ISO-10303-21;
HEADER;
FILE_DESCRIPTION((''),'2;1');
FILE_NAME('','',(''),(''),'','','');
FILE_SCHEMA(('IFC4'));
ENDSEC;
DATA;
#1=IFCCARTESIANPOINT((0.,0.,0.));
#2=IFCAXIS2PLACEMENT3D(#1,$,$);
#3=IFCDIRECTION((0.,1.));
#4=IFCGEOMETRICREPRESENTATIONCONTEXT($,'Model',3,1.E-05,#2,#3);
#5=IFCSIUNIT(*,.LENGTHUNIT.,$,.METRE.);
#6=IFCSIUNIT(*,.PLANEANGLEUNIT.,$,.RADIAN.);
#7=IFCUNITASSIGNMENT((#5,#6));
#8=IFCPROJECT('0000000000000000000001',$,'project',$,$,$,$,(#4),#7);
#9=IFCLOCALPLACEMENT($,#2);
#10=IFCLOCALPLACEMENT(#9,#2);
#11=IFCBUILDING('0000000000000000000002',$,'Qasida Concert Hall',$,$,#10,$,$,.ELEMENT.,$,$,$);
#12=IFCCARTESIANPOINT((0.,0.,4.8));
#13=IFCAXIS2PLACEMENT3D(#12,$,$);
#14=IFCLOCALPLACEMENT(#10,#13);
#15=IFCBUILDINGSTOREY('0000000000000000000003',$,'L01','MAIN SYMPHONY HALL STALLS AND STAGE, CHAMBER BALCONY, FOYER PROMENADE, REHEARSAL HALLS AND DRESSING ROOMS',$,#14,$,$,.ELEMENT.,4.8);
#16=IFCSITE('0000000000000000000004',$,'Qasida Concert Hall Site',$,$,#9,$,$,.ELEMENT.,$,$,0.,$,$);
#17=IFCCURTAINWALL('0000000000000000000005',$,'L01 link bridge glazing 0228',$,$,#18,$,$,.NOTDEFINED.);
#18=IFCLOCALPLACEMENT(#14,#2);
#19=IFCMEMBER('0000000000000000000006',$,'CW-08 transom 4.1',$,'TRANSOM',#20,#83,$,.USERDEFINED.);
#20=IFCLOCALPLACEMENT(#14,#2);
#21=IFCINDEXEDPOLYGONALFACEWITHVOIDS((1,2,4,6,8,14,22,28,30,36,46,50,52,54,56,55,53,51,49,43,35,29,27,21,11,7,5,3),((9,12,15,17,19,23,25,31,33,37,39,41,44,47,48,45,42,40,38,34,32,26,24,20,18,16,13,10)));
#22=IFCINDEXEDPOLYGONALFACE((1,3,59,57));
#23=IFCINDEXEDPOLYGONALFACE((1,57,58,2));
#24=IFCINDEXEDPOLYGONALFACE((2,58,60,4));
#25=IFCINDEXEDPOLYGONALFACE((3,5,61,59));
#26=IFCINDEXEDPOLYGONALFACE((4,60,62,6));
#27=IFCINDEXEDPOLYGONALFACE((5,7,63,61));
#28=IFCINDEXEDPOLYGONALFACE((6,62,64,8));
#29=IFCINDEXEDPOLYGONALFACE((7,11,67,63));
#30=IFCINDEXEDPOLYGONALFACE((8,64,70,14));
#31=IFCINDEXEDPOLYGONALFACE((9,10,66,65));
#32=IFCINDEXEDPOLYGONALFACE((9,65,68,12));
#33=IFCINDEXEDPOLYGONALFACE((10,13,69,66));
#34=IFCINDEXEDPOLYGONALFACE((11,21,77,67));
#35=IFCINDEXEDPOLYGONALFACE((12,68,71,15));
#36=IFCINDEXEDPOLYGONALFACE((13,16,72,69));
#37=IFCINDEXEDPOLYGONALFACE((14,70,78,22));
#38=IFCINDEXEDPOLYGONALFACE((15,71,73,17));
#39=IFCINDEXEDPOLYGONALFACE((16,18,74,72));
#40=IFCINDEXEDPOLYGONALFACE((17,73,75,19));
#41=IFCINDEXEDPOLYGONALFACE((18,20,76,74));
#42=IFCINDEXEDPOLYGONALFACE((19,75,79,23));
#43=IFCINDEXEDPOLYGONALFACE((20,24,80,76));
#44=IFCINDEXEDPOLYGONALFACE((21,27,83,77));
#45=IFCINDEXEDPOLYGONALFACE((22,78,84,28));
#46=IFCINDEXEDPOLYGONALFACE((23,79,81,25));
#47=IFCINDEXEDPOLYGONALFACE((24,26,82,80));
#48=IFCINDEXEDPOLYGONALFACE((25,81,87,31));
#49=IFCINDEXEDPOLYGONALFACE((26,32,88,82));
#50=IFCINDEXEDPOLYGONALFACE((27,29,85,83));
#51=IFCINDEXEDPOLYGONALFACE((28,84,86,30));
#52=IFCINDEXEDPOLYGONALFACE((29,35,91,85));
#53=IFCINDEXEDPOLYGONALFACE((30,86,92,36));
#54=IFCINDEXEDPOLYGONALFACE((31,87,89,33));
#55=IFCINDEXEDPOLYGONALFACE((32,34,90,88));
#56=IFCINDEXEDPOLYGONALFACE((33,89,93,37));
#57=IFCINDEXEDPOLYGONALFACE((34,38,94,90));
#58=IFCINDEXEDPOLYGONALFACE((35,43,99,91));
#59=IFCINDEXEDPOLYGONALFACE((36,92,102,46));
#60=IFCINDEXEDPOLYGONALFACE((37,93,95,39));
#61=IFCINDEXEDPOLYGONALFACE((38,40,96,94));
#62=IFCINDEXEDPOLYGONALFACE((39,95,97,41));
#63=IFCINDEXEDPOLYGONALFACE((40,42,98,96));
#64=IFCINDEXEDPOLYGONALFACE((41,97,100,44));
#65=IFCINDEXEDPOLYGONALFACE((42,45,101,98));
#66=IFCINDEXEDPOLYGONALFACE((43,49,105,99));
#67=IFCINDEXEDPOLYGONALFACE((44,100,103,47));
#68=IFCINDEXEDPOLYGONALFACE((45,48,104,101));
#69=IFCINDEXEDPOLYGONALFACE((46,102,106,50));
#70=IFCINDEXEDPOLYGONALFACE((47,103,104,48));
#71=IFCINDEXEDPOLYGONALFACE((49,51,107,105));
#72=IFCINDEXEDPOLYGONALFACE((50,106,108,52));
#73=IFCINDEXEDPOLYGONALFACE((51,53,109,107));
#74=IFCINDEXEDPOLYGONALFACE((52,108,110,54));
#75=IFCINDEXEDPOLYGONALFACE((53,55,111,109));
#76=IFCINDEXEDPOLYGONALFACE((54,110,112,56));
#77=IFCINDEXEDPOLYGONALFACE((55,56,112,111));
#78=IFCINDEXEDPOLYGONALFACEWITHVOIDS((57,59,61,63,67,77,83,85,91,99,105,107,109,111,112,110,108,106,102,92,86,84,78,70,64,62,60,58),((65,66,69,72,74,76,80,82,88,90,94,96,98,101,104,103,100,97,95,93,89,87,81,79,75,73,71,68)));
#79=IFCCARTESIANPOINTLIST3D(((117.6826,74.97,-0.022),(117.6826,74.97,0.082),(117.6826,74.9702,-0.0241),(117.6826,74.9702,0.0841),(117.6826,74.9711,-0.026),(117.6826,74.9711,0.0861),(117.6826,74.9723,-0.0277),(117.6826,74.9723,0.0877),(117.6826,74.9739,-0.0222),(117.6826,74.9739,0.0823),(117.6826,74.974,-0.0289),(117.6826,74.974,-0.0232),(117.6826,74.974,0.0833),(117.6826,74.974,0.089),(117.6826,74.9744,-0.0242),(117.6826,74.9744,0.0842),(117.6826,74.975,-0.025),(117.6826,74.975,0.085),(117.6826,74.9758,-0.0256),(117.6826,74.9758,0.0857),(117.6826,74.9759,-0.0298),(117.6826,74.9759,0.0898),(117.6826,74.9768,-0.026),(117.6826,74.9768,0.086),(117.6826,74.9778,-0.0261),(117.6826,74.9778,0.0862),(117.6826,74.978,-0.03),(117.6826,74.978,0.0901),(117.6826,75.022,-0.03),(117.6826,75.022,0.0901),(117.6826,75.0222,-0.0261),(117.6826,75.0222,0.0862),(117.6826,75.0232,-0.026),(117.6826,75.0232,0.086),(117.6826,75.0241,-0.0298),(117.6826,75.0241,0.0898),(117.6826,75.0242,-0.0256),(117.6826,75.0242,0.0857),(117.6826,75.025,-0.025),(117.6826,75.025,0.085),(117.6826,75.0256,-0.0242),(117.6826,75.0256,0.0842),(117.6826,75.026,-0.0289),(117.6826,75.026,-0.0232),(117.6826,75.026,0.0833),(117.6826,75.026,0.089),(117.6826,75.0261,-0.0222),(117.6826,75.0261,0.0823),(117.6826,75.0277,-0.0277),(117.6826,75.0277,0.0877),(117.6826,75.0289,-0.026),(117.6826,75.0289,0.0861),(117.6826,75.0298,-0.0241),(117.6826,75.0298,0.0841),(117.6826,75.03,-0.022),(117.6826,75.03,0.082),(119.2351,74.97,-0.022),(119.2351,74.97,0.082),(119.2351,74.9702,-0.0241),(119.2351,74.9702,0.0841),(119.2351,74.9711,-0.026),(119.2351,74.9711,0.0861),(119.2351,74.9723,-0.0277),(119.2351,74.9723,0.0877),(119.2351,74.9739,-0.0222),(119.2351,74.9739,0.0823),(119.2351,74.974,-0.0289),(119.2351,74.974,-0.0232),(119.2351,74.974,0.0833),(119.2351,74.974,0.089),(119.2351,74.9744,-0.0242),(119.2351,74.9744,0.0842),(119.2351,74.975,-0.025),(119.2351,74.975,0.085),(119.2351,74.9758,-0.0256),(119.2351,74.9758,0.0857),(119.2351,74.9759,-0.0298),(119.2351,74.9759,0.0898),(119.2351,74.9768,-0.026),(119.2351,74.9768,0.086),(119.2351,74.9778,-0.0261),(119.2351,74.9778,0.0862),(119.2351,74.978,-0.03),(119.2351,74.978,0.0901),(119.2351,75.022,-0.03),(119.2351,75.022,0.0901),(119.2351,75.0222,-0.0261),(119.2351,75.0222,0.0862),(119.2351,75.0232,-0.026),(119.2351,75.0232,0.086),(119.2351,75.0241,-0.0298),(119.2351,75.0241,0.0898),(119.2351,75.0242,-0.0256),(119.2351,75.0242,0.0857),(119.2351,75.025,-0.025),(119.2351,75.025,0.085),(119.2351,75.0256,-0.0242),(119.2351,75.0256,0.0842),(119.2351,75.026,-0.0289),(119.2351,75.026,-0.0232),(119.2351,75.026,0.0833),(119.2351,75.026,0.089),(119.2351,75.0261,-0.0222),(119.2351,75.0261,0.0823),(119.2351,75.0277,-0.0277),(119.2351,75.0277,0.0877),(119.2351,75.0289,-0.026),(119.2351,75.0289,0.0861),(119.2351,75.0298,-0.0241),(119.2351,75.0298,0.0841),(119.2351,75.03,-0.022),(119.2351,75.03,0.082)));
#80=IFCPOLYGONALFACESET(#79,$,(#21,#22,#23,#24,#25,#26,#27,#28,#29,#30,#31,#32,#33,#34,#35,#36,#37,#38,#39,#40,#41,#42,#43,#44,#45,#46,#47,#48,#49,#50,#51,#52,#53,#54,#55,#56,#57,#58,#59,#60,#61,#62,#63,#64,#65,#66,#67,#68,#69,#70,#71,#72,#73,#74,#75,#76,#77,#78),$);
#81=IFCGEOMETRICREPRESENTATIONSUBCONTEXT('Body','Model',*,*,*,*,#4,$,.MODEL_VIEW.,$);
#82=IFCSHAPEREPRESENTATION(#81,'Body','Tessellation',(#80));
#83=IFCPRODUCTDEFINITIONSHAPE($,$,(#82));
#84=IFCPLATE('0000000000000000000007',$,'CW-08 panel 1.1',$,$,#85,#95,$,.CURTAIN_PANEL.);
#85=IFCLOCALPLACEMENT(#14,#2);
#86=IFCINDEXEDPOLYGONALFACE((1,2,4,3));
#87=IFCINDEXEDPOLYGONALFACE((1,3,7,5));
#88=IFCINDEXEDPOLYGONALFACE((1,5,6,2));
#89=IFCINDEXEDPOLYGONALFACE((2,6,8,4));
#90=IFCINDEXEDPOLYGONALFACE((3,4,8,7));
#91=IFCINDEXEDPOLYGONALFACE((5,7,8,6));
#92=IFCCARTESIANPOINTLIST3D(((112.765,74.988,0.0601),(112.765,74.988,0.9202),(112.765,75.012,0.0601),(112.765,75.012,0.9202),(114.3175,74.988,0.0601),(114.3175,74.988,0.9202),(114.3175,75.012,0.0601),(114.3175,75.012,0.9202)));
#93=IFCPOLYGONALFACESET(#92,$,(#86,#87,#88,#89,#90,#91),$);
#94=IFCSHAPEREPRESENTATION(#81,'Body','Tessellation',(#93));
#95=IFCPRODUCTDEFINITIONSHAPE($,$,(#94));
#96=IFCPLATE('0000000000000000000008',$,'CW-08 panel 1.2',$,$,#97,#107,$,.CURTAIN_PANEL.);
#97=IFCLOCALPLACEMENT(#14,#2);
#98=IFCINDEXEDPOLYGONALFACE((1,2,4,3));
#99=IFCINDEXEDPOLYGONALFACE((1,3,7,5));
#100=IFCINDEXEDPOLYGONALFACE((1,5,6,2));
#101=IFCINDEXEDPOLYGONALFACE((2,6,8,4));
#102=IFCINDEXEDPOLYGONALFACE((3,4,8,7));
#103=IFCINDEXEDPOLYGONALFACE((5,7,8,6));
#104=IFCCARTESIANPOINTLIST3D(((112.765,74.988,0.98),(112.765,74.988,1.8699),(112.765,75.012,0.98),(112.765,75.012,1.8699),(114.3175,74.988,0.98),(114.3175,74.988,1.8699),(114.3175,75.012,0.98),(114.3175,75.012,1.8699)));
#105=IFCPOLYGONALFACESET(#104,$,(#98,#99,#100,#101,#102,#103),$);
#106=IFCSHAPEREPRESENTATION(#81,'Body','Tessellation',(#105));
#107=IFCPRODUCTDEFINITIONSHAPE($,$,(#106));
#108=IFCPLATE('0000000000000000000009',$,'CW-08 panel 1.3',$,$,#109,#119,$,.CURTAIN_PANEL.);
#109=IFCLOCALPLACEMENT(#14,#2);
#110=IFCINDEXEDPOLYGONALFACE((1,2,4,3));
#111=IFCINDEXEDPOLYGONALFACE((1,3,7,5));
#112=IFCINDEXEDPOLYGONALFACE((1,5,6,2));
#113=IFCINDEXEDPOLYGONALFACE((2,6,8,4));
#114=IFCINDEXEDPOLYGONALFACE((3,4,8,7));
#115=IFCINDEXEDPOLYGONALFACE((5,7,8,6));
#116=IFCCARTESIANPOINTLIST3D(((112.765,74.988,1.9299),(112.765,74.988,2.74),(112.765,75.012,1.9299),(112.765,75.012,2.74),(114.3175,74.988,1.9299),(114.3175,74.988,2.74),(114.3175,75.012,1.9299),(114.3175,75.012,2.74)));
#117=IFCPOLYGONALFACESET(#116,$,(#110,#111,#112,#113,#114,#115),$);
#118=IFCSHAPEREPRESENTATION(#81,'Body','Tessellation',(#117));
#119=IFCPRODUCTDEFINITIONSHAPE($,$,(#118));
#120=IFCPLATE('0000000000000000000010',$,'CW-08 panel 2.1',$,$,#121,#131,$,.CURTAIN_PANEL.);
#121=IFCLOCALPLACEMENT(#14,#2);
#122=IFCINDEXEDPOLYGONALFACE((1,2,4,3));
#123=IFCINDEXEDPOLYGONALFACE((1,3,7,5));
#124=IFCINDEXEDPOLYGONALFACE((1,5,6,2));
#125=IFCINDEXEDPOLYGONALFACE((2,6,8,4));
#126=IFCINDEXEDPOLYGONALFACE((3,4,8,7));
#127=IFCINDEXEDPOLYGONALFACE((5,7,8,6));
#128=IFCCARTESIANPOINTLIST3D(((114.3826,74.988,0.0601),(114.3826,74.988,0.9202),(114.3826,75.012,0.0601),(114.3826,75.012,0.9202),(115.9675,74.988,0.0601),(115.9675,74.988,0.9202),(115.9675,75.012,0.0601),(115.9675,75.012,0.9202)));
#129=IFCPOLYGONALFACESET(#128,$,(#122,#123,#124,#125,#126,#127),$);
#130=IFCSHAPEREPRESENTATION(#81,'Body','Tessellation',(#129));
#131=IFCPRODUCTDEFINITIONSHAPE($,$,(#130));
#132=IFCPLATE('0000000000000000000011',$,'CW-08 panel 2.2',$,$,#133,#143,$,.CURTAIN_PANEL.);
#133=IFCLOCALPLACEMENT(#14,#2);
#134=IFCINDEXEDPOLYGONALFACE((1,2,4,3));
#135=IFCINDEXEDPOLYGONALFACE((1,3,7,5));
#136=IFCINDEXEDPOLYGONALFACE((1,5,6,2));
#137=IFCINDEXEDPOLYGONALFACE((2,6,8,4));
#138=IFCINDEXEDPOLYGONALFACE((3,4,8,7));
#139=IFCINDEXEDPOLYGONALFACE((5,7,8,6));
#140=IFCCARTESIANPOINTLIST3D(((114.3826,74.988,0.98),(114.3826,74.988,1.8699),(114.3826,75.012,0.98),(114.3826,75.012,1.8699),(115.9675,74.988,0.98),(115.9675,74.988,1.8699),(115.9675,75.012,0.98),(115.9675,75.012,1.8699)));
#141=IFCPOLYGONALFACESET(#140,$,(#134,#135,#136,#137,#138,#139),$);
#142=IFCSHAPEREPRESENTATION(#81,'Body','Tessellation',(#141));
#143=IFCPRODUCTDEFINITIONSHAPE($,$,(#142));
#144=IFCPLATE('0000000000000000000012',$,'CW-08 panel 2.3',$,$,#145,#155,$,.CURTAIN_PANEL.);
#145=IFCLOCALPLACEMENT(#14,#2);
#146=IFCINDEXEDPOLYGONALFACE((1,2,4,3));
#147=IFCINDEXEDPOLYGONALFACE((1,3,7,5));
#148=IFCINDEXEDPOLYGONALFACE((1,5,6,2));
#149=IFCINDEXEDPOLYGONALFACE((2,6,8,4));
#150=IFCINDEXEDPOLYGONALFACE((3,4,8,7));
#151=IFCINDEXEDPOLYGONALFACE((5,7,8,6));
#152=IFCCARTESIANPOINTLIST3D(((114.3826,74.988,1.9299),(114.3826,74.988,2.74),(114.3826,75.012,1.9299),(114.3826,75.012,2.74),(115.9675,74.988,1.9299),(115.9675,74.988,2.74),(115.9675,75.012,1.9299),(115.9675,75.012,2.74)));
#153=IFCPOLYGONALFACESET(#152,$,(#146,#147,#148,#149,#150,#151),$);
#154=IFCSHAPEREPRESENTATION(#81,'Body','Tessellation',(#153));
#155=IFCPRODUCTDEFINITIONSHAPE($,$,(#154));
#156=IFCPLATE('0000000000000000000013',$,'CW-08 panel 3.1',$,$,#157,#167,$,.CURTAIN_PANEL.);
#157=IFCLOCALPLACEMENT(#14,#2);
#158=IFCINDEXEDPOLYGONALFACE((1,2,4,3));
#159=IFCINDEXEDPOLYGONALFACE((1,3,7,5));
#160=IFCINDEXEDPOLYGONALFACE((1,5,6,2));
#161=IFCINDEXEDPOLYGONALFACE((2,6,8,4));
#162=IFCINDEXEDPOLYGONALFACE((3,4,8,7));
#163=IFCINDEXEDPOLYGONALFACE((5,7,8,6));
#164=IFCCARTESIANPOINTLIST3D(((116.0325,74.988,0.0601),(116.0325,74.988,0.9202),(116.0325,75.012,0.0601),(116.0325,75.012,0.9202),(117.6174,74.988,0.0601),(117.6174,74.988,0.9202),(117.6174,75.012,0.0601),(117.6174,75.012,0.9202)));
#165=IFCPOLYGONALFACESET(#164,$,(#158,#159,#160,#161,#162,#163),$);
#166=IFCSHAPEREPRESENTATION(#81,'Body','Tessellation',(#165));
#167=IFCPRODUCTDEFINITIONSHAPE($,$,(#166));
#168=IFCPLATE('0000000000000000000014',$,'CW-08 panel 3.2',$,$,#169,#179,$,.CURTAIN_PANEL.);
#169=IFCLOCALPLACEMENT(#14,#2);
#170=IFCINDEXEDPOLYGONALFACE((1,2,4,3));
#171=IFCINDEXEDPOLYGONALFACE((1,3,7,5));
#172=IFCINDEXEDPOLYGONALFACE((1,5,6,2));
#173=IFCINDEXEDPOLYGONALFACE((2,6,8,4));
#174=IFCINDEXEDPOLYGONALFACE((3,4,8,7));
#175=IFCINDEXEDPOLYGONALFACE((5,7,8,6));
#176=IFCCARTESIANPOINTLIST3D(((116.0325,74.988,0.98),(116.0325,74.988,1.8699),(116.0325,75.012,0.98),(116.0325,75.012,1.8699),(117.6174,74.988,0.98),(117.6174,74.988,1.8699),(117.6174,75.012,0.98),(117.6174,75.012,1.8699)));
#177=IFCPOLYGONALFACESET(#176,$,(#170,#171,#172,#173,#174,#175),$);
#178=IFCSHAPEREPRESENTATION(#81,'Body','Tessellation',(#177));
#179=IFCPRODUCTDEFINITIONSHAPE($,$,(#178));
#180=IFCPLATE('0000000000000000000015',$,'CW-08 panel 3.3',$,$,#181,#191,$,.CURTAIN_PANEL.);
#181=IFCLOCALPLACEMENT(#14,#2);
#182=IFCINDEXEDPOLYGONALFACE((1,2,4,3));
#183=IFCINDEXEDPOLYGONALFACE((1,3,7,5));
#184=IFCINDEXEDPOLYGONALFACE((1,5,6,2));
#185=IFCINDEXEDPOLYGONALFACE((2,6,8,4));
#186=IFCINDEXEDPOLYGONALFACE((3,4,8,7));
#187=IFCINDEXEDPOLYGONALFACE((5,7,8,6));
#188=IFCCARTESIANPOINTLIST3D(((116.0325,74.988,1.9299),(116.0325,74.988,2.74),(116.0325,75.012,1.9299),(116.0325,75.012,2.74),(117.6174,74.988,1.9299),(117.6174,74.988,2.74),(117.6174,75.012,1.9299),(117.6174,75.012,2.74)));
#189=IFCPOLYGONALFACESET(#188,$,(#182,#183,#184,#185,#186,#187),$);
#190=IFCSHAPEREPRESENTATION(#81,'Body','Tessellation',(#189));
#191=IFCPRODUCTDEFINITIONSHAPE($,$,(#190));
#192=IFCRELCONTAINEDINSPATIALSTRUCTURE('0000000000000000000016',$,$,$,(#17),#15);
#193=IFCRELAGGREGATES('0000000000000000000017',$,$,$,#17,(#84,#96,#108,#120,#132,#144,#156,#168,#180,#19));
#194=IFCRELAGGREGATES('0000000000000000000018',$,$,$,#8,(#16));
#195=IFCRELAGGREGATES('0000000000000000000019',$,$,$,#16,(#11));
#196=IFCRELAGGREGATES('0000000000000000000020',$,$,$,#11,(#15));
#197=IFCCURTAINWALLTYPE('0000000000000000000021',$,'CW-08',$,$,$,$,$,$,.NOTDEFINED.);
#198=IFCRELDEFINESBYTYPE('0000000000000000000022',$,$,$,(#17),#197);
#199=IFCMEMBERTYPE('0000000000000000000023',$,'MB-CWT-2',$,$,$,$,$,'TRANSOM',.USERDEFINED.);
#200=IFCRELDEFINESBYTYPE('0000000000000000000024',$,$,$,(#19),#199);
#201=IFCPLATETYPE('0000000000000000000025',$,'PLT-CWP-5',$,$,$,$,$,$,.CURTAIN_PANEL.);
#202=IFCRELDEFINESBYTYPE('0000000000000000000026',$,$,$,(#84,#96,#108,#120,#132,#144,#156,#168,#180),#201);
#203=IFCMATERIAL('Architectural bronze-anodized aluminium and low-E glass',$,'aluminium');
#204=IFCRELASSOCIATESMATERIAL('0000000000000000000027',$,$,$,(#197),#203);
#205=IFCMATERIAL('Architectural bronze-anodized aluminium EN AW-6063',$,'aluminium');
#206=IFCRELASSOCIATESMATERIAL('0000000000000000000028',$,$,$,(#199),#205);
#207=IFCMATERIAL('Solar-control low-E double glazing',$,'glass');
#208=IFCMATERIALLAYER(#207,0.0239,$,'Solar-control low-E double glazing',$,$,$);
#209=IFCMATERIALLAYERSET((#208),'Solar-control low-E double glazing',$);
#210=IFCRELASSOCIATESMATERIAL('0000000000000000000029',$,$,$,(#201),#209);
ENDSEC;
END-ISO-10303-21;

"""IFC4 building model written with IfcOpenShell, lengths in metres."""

from ifc_helpers import new_model, si_unit, direction, frame, origin, origin_2d, place, context, subcontext, project, spatial, rectangle, hollow_rectangle, extrude, material, layer, layer_set, material_profile, profile_set, type_object, element, aggregate, save


model = new_model("IFC4")

# Units and contexts
model_context = context("Model", 3, precision=1e-05, world=origin(), true_north=direction((0.0, 1.0)))
body_context = subcontext(model_context, "Body", "Model", "MODEL_VIEW")
ifc_project = project(units=[si_unit("LENGTHUNIT", "METRE"), si_unit("PLANEANGLEUNIT", "RADIAN")], contexts=[model_context])

# Site, building, storey
site_placement = place(None, origin())
site = spatial("IfcSite", under=ifc_project, at=site_placement, Name="Qasida Concert Hall Site", CompositionType="ELEMENT", RefElevation=0.0)
building_placement = place(site_placement, origin())
building = spatial("IfcBuilding", under=site, at=building_placement, Name="Qasida Concert Hall", CompositionType="ELEMENT")
storey_placement = place(building_placement, frame((0.0, 0.0, 4.8)))
storey = spatial("IfcBuildingStorey", under=building, at=storey_placement, Name="L01", Description="MAIN SYMPHONY HALL STALLS AND STAGE, CHAMBER BALCONY, FOYER PROMENADE, REHEARSAL HALLS AND DRESSING ROOMS", CompositionType="ELEMENT", Elevation=4.8)

# Curtain wall, member, plates
ifc_material_1 = material(Name="Architectural bronze-anodized aluminium and low-E glass", Category="aluminium")
curtain_wall_type = type_object("IfcCurtainWallType", Name="CW-08", PredefinedType="NOTDEFINED", material=ifc_material_1)
curtain_wall_placement = place(storey_placement, origin())
curtain_wall = element("IfcCurtainWall", 1, at=curtain_wall_placement, inside=storey, type_object=curtain_wall_type, Name="L01 link bridge glazing 0228", PredefinedType="NOTDEFINED")
ifc_material_2 = material(Name="Architectural bronze-anodized aluminium EN AW-6063", Category="aluminium")
ifc_material_profile_1 = material_profile(ifc_material_2, hollow_rectangle(XDim=0.0601, YDim=0.1201, WallThickness=0.0039, InnerFilletRadius=0.0039, OuterFilletRadius=0.0081, at=origin_2d()), Name="CWT 120x60x4")
ifc_profile_set_1 = profile_set([ifc_material_profile_1], Name="Architectural bronze-anodized aluminium EN AW-6063")
member_type_1 = type_object("IfcMemberType", Name="MB-CWT-2", ElementType="TRANSOM", PredefinedType="USERDEFINED", material=ifc_profile_set_1)
member_1_placement = place(storey_placement, frame((117.6826, 75.0, 0.03), z_axis=(1.0, 0.0, 0.0), x_axis=(0.0, 1.0, 0.0)))
member_1 = element("IfcMember", 2, at=member_1_placement, type_object=member_type_1, Name="CW-08 transom 4.1", ObjectType="TRANSOM", PredefinedType="USERDEFINED", context=body_context, shape_type="SweptSolid", body=[
    extrude(hollow_rectangle(XDim=0.0601, YDim=0.1201, WallThickness=0.0039, InnerFilletRadius=0.0039, OuterFilletRadius=0.0081, at=origin_2d()), origin(), (0.0, 0.0, 1.0), 1.5525),
])
ifc_material_3 = material(Name="Solar-control low-E double glazing", Category="glass")
ifc_layer = layer(ifc_material_3, 0.0239, Name="Solar-control low-E double glazing")
ifc_layer_set = layer_set([ifc_layer], Name="Solar-control low-E double glazing")
plate_type = type_object("IfcPlateType", Name="PLT-CWP-5", PredefinedType="CURTAIN_PANEL", material=ifc_layer_set)
plate_1_placement = place(storey_placement, frame((113.5413, 75.0, 0.0601), z_axis=(0.0, 0.0, 1.0), x_axis=(1.0, 0.0, 0.0)))
plate_1 = element("IfcPlate", 3, at=plate_1_placement, type_object=plate_type, Name="CW-08 panel 1.1", PredefinedType="CURTAIN_PANEL", context=body_context, shape_type="SweptSolid", body=[
    extrude(rectangle(XDim=1.5525, YDim=0.0239, at=origin_2d()), origin(), (0.0, 0.0, 1.0), 0.8601),
])
plate_2_placement = place(storey_placement, frame((113.5413, 75.0, 0.98), z_axis=(0.0, 0.0, 1.0), x_axis=(1.0, 0.0, 0.0)))
plate_2 = element("IfcPlate", 4, at=plate_2_placement, type_object=plate_type, Name="CW-08 panel 1.2", PredefinedType="CURTAIN_PANEL", context=body_context, shape_type="SweptSolid", body=[
    extrude(rectangle(XDim=1.5525, YDim=0.0239, at=origin_2d()), origin(), (0.0, 0.0, 1.0), 0.8899),
])
plate_3_placement = place(storey_placement, frame((113.5413, 75.0, 1.9299), z_axis=(0.0, 0.0, 1.0), x_axis=(1.0, 0.0, 0.0)))
plate_3 = element("IfcPlate", 5, at=plate_3_placement, type_object=plate_type, Name="CW-08 panel 1.3", PredefinedType="CURTAIN_PANEL", context=body_context, shape_type="SweptSolid", body=[
    extrude(rectangle(XDim=1.5525, YDim=0.0239, at=origin_2d()), origin(), (0.0, 0.0, 1.0), 0.8101),
])
plate_4_placement = place(storey_placement, frame((115.175, 75.0, 0.0601), z_axis=(0.0, 0.0, 1.0), x_axis=(1.0, 0.0, 0.0)))
plate_4 = element("IfcPlate", 6, at=plate_4_placement, type_object=plate_type, Name="CW-08 panel 2.1", PredefinedType="CURTAIN_PANEL", context=body_context, shape_type="SweptSolid", body=[
    extrude(rectangle(XDim=1.585, YDim=0.0239, at=origin_2d()), origin(), (0.0, 0.0, 1.0), 0.8601),
])
plate_5_placement = place(storey_placement, frame((115.175, 75.0, 0.98), z_axis=(0.0, 0.0, 1.0), x_axis=(1.0, 0.0, 0.0)))
plate_5 = element("IfcPlate", 7, at=plate_5_placement, type_object=plate_type, Name="CW-08 panel 2.2", PredefinedType="CURTAIN_PANEL", context=body_context, shape_type="SweptSolid", body=[
    extrude(rectangle(XDim=1.585, YDim=0.0239, at=origin_2d()), origin(), (0.0, 0.0, 1.0), 0.8899),
])
plate_6_placement = place(storey_placement, frame((115.175, 75.0, 1.9299), z_axis=(0.0, 0.0, 1.0), x_axis=(1.0, 0.0, 0.0)))
plate_6 = element("IfcPlate", 8, at=plate_6_placement, type_object=plate_type, Name="CW-08 panel 2.3", PredefinedType="CURTAIN_PANEL", context=body_context, shape_type="SweptSolid", body=[
    extrude(rectangle(XDim=1.585, YDim=0.0239, at=origin_2d()), origin(), (0.0, 0.0, 1.0), 0.8101),
])
plate_7_placement = place(storey_placement, frame((116.825, 75.0, 0.0601), z_axis=(0.0, 0.0, 1.0), x_axis=(1.0, 0.0, 0.0)))
plate_7 = element("IfcPlate", 9, at=plate_7_placement, type_object=plate_type, Name="CW-08 panel 3.1", PredefinedType="CURTAIN_PANEL", context=body_context, shape_type="SweptSolid", body=[
    extrude(rectangle(XDim=1.585, YDim=0.0239, at=origin_2d()), origin(), (0.0, 0.0, 1.0), 0.8601),
])
plate_8_placement = place(storey_placement, frame((116.825, 75.0, 0.98), z_axis=(0.0, 0.0, 1.0), x_axis=(1.0, 0.0, 0.0)))
plate_8 = element("IfcPlate", 10, at=plate_8_placement, type_object=plate_type, Name="CW-08 panel 3.2", PredefinedType="CURTAIN_PANEL", context=body_context, shape_type="SweptSolid", body=[
    extrude(rectangle(XDim=1.585, YDim=0.0239, at=origin_2d()), origin(), (0.0, 0.0, 1.0), 0.8899),
])
plate_9_placement = place(storey_placement, frame((116.825, 75.0, 1.9299), z_axis=(0.0, 0.0, 1.0), x_axis=(1.0, 0.0, 0.0)))
plate_9 = element("IfcPlate", 11, at=plate_9_placement, type_object=plate_type, Name="CW-08 panel 3.3", PredefinedType="CURTAIN_PANEL", context=body_context, shape_type="SweptSolid", body=[
    extrude(rectangle(XDim=1.585, YDim=0.0239, at=origin_2d()), origin(), (0.0, 0.0, 1.0), 0.8101),
])
aggregate(curtain_wall, [plate_1, plate_2, plate_3, plate_4, plate_5, plate_6, plate_7, plate_8, plate_9, member_1])

save(model, "model.ifc")
